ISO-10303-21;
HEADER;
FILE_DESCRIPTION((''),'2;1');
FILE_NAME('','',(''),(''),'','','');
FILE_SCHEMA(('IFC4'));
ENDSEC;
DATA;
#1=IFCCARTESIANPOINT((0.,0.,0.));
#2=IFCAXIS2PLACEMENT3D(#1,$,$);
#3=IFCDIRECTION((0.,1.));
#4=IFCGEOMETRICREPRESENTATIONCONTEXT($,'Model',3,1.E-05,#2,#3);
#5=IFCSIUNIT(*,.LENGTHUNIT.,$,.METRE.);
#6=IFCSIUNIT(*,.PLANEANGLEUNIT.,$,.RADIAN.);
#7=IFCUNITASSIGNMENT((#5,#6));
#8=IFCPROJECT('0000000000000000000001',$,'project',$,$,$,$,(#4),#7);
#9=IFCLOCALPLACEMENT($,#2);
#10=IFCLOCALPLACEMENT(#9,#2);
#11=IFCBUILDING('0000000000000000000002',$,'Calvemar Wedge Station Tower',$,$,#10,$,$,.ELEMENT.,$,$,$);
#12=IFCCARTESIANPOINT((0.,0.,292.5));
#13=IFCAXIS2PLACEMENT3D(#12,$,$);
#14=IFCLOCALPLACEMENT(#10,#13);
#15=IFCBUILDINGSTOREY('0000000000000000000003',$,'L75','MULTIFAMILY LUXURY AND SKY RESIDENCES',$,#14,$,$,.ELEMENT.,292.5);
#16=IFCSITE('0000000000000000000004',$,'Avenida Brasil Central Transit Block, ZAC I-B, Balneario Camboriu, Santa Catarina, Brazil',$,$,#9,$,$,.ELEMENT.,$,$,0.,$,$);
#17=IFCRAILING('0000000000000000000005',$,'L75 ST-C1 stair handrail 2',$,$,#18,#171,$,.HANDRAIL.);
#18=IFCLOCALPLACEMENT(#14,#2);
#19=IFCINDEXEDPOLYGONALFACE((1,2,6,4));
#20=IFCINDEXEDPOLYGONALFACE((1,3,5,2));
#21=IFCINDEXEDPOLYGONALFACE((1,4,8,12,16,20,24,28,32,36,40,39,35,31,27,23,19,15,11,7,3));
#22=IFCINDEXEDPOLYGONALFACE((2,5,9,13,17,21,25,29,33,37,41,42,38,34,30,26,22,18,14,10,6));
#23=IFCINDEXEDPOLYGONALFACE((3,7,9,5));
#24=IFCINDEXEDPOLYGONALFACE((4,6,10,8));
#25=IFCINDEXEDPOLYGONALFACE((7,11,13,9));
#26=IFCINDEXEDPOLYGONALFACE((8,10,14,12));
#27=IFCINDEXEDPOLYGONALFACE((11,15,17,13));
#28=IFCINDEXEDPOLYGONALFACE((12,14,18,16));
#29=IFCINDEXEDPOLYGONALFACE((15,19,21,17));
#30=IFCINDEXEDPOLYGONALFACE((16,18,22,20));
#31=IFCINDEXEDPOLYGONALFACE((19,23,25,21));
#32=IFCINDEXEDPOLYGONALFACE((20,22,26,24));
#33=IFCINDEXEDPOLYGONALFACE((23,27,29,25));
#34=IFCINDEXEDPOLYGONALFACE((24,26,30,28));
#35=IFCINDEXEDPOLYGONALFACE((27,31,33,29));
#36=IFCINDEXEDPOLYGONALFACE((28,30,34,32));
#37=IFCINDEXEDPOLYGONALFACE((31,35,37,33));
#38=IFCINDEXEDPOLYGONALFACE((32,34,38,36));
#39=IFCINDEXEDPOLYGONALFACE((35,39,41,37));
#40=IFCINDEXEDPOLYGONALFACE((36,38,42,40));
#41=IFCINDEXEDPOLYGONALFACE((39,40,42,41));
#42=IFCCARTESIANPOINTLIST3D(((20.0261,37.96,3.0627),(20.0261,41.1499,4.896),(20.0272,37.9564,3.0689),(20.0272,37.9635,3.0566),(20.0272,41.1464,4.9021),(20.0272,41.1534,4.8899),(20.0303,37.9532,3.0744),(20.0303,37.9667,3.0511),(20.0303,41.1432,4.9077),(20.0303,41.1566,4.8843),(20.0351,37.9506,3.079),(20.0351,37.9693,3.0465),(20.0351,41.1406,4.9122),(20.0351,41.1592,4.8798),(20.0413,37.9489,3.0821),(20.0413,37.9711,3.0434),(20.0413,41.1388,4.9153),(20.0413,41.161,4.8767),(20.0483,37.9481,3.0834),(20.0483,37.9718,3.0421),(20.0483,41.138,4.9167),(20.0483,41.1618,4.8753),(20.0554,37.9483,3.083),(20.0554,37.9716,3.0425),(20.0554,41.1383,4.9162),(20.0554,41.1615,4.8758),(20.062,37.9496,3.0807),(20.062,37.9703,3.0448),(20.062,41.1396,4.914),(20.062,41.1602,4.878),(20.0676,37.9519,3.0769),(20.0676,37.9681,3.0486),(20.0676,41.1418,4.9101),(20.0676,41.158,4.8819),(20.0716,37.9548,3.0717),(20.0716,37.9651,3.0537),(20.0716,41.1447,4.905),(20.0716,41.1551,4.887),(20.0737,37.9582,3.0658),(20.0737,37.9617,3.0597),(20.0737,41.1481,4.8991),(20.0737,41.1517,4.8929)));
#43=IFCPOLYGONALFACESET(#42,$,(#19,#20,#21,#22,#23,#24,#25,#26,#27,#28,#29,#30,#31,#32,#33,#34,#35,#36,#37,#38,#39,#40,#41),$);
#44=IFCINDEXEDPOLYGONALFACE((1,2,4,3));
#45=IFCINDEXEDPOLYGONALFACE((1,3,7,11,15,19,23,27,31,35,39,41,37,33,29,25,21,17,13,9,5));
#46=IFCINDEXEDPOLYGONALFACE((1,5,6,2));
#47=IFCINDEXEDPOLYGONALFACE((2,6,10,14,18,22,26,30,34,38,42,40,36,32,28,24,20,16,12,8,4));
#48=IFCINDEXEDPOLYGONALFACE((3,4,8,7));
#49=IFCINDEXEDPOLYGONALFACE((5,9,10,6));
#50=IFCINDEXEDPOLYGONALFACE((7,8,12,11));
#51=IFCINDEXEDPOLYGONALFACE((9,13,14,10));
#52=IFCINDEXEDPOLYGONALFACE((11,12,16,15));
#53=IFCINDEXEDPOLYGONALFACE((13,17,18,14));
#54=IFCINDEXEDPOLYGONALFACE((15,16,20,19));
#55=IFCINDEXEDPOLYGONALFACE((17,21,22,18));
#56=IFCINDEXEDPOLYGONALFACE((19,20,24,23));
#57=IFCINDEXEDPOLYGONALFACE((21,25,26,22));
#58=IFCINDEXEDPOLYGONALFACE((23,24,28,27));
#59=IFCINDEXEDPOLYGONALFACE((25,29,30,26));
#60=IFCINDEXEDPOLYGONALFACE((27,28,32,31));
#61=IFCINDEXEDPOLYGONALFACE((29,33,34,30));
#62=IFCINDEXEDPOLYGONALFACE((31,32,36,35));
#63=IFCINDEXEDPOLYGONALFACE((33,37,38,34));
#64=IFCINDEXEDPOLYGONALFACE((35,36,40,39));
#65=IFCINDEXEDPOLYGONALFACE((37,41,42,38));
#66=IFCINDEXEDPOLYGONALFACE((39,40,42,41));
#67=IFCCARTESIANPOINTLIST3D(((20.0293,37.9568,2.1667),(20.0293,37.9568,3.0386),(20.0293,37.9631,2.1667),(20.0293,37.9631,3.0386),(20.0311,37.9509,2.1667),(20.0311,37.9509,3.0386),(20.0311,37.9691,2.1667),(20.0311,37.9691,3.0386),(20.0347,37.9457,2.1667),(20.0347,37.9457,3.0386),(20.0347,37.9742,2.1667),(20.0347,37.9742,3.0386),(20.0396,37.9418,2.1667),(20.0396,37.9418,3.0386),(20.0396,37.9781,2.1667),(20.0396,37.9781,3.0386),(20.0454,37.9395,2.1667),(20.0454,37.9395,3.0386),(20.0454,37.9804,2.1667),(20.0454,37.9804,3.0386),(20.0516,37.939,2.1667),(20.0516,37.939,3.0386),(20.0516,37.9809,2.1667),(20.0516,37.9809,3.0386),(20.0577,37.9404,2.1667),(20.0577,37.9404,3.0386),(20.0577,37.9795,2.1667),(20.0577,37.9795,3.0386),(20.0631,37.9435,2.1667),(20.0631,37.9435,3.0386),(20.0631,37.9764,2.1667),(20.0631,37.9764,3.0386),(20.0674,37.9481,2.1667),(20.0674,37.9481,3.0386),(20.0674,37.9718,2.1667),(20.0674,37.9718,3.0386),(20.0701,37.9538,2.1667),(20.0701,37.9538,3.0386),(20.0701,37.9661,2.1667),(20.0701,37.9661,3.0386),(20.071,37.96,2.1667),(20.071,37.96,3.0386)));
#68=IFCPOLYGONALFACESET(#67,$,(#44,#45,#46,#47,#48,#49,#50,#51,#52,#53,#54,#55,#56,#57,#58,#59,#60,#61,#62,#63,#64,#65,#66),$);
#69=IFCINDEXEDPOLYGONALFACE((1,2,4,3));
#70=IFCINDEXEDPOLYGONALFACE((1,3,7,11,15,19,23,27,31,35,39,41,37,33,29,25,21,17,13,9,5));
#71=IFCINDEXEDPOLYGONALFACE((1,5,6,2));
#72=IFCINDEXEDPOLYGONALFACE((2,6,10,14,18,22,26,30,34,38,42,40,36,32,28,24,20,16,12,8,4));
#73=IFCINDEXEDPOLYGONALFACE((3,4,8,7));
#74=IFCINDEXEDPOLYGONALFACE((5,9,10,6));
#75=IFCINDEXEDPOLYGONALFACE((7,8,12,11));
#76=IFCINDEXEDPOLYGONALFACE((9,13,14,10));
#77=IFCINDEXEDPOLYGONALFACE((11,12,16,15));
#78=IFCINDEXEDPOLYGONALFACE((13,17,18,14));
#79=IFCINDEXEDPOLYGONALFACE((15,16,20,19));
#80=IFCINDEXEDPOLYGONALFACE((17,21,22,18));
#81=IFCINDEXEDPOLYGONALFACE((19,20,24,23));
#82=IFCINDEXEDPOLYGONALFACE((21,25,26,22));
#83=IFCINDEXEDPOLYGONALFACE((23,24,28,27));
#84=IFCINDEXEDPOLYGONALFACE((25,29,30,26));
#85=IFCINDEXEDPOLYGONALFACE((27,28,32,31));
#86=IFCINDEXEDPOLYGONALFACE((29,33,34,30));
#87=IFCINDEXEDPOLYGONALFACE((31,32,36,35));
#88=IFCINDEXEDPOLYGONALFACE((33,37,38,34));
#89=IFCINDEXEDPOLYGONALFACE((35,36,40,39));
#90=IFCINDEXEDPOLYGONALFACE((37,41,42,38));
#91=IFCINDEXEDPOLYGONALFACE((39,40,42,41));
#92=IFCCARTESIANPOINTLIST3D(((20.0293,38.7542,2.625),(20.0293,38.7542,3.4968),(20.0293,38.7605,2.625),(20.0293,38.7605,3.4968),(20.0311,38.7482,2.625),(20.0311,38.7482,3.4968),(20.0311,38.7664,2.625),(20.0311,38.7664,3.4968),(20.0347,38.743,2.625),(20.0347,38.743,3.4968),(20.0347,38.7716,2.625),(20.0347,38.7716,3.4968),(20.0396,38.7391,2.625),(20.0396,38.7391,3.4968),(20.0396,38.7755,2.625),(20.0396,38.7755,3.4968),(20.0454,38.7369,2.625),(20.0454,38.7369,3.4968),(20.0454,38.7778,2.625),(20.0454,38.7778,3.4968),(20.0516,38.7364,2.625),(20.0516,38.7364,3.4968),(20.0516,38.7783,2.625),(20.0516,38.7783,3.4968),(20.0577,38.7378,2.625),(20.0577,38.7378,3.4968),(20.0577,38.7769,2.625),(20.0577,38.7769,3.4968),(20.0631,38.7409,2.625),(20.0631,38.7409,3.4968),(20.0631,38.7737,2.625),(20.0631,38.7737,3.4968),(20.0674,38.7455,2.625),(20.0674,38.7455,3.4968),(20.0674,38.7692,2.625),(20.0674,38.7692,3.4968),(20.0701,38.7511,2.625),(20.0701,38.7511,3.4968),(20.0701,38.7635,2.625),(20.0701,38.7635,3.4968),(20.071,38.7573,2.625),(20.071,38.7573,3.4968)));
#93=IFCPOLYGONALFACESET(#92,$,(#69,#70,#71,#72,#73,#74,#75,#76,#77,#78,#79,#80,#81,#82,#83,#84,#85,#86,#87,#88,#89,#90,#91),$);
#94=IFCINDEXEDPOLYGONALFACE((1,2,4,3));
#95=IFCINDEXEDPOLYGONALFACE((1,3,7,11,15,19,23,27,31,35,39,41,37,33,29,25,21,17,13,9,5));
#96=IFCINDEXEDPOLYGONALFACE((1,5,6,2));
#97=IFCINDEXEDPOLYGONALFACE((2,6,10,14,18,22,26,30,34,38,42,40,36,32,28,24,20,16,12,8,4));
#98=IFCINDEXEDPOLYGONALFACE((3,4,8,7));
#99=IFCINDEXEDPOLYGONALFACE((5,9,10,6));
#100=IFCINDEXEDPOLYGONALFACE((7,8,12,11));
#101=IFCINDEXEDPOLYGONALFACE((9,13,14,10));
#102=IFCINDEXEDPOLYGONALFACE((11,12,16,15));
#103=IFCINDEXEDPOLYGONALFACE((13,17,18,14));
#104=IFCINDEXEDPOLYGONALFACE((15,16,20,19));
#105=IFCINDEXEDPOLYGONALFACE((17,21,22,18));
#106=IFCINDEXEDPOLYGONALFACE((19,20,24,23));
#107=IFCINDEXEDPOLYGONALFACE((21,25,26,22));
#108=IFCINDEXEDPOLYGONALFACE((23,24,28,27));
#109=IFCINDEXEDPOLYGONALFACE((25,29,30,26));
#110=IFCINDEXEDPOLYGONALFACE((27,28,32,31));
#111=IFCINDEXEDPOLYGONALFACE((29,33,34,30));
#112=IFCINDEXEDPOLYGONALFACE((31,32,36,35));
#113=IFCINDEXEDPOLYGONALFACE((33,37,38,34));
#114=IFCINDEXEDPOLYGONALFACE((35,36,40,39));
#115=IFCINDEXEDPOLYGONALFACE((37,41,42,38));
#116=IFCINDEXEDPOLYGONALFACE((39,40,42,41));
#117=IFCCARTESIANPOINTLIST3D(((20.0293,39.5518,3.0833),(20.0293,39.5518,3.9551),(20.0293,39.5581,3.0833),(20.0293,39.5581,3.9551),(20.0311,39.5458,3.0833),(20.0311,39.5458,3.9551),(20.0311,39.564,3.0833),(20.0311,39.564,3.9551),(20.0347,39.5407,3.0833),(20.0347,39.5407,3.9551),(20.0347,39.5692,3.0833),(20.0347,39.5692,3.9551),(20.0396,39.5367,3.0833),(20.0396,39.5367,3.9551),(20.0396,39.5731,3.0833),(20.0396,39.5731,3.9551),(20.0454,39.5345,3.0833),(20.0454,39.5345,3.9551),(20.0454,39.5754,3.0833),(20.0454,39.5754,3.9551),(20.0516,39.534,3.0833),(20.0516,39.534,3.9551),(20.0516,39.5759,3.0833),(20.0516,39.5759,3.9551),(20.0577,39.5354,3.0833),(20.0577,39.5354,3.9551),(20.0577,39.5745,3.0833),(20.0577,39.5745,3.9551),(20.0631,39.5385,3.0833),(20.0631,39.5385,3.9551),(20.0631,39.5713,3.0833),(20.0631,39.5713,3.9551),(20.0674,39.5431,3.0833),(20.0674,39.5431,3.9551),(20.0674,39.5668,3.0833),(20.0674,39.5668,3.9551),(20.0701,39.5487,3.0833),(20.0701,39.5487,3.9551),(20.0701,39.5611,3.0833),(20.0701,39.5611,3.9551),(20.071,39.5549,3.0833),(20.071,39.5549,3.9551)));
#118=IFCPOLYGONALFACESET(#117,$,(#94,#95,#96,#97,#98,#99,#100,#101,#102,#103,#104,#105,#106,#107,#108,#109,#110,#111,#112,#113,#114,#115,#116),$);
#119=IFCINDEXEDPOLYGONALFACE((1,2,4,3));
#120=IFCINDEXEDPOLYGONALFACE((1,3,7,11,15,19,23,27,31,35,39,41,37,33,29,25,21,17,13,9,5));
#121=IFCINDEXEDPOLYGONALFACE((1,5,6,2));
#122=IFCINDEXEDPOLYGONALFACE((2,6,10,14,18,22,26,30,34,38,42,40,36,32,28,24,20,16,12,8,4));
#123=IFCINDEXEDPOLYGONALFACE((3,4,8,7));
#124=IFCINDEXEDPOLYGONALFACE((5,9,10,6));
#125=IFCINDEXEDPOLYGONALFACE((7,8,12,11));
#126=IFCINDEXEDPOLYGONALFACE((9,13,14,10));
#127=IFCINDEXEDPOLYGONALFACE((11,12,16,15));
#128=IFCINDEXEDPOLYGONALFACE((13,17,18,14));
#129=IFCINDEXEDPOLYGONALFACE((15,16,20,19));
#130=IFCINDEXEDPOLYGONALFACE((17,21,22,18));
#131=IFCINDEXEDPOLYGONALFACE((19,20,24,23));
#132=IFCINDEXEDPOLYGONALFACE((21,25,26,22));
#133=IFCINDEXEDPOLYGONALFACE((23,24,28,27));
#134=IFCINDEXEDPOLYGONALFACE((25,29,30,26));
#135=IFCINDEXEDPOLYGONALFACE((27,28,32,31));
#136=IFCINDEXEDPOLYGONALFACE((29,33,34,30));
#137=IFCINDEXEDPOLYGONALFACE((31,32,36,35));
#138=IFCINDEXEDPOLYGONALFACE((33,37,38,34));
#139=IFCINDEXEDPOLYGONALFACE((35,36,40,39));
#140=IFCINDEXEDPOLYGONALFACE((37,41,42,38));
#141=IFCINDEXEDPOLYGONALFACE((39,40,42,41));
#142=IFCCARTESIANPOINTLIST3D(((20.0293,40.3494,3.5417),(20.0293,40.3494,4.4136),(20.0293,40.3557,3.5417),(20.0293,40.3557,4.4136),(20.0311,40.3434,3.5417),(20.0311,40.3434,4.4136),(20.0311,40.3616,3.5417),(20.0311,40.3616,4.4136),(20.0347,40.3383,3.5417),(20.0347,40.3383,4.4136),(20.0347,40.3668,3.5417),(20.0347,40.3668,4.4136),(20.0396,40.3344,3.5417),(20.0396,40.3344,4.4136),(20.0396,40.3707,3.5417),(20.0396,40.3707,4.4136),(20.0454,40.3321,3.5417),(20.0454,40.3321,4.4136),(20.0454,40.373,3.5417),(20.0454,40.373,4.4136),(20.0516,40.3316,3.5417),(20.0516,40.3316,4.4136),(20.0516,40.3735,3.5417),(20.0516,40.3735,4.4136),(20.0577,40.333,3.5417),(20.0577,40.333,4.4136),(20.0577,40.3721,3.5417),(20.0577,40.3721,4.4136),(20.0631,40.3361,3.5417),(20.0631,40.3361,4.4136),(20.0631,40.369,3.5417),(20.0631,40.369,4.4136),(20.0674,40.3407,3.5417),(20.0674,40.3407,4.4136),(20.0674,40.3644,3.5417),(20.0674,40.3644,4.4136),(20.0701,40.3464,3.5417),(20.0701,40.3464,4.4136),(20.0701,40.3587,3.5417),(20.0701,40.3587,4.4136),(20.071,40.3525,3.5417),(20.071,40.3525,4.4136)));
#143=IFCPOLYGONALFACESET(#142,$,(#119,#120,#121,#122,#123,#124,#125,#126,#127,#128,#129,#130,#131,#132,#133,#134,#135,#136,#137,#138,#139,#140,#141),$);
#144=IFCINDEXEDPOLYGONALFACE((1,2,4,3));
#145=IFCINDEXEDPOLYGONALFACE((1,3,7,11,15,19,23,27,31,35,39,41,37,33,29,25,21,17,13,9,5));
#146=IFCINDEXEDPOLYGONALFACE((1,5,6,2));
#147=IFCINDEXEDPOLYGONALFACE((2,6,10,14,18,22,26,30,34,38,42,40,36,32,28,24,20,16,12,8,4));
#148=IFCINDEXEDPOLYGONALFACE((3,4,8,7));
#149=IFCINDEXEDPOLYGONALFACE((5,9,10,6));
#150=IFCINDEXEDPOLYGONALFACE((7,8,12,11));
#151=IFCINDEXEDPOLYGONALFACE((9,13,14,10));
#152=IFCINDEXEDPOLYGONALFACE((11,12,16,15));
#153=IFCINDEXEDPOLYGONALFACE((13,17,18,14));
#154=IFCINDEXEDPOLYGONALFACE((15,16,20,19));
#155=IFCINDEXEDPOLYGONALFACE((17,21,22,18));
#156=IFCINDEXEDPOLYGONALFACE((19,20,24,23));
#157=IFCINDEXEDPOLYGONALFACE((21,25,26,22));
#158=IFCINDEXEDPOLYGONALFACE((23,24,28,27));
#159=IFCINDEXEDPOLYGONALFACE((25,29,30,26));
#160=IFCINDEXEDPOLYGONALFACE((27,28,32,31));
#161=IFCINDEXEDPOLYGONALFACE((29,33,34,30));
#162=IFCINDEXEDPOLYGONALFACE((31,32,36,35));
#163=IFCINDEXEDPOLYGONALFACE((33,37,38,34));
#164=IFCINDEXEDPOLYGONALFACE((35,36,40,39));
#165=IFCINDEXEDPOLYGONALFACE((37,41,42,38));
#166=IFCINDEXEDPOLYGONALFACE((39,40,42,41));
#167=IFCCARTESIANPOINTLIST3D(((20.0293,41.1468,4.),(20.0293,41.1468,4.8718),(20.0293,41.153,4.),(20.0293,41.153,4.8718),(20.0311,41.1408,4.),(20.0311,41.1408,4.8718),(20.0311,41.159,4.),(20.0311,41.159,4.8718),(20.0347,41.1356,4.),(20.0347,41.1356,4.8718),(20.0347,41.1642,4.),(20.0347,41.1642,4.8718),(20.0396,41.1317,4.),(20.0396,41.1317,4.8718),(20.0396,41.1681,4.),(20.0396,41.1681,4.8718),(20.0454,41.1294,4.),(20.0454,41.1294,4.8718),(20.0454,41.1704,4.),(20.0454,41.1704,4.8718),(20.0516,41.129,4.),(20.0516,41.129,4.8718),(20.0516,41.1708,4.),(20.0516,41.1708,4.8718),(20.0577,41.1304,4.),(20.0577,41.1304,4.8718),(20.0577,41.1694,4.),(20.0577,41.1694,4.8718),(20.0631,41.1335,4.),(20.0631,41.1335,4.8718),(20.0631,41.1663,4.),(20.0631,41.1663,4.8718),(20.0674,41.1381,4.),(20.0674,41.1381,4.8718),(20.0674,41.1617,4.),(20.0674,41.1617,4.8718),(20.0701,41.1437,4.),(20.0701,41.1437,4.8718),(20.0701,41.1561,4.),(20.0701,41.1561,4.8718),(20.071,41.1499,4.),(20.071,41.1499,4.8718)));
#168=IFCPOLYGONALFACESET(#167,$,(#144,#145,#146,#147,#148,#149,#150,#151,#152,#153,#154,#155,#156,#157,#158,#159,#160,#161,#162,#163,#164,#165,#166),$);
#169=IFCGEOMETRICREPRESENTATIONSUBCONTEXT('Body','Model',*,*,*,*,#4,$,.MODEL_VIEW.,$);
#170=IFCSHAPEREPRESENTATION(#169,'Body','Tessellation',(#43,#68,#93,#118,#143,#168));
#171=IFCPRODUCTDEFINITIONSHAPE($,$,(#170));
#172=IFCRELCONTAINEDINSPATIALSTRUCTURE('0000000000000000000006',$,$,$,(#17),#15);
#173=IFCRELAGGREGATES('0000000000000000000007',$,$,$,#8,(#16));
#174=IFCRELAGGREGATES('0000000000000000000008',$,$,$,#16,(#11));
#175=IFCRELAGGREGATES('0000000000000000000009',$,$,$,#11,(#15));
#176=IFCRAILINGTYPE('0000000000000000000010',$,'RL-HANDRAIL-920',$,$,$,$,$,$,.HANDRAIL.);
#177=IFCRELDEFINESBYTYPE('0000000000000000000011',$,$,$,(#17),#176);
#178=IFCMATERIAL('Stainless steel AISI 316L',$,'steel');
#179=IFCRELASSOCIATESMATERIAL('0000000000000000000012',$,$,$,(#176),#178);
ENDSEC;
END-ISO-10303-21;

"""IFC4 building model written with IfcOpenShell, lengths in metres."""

from ifc_helpers import new_model, si_unit, direction, frame, origin, origin_2d, place, context, subcontext, project, spatial, circle, extrude, material, type_object, element, save


model = new_model("IFC4")

# Units and contexts
model_context = context("Model", 3, precision=1e-05, world=origin(), true_north=direction((0.0, 1.0)))
body_context = subcontext(model_context, "Body", "Model", "MODEL_VIEW")
ifc_project = project(units=[si_unit("LENGTHUNIT", "METRE"), si_unit("PLANEANGLEUNIT", "RADIAN")], contexts=[model_context])

# Site, building, storey
site_placement = place(None, origin())
site = spatial("IfcSite", under=ifc_project, at=site_placement, Name="Avenida Brasil Central Transit Block, ZAC I-B, Balneario Camboriu, Santa Catarina, Brazil", CompositionType="ELEMENT", RefElevation=0.0)
building_placement = place(site_placement, origin())
building = spatial("IfcBuilding", under=site, at=building_placement, Name="Calvemar Wedge Station Tower", CompositionType="ELEMENT")
storey_placement = place(building_placement, frame((0.0, 0.0, 292.5)))
storey = spatial("IfcBuildingStorey", under=building, at=storey_placement, Name="L75", Description="MULTIFAMILY LUXURY AND SKY RESIDENCES", CompositionType="ELEMENT", Elevation=292.5)

# Railing
ifc_material_1 = material(Name="Stainless steel AISI 316L", Category="steel")
railing_type_1 = type_object("IfcRailingType", Name="RL-HANDRAIL-920", PredefinedType="HANDRAIL", material=ifc_material_1)
railing_1_placement = place(storey_placement, frame((20.05, 37.96, 2.1667)))
element("IfcRailing", 1, at=railing_1_placement, inside=storey, type_object=railing_type_1, Name="L75 ST-C1 stair handrail 2", PredefinedType="HANDRAIL", context=body_context, shape_type="SweptSolid", body=[
    extrude(circle(Radius=0.0239, at=origin_2d()), frame((0.0, 0.0, 0.896), z_axis=(0.0, 0.86702, 0.498274), x_axis=(-1.0, 0.0, 0.0)), (0.0, 0.0, 1.0), 3.6792),
    extrude(circle(Radius=0.021, at=origin_2d()), origin(), (0.0, 0.0, 1.0), 0.8718),
    extrude(circle(Radius=0.021, at=origin_2d()), frame((0.0, 0.7974, 0.4583)), (0.0, 0.0, 1.0), 0.8718),
    extrude(circle(Radius=0.021, at=origin_2d()), frame((0.0, 1.595, 0.9165)), (0.0, 0.0, 1.0), 0.8718),
    extrude(circle(Radius=0.021, at=origin_2d()), frame((0.0, 2.3926, 1.375)), (0.0, 0.0, 1.0), 0.8718),
    extrude(circle(Radius=0.021, at=origin_2d()), frame((0.0, 3.1899, 1.8333)), (0.0, 0.0, 1.0), 0.8718),
])

save(model, "model.ifc")
